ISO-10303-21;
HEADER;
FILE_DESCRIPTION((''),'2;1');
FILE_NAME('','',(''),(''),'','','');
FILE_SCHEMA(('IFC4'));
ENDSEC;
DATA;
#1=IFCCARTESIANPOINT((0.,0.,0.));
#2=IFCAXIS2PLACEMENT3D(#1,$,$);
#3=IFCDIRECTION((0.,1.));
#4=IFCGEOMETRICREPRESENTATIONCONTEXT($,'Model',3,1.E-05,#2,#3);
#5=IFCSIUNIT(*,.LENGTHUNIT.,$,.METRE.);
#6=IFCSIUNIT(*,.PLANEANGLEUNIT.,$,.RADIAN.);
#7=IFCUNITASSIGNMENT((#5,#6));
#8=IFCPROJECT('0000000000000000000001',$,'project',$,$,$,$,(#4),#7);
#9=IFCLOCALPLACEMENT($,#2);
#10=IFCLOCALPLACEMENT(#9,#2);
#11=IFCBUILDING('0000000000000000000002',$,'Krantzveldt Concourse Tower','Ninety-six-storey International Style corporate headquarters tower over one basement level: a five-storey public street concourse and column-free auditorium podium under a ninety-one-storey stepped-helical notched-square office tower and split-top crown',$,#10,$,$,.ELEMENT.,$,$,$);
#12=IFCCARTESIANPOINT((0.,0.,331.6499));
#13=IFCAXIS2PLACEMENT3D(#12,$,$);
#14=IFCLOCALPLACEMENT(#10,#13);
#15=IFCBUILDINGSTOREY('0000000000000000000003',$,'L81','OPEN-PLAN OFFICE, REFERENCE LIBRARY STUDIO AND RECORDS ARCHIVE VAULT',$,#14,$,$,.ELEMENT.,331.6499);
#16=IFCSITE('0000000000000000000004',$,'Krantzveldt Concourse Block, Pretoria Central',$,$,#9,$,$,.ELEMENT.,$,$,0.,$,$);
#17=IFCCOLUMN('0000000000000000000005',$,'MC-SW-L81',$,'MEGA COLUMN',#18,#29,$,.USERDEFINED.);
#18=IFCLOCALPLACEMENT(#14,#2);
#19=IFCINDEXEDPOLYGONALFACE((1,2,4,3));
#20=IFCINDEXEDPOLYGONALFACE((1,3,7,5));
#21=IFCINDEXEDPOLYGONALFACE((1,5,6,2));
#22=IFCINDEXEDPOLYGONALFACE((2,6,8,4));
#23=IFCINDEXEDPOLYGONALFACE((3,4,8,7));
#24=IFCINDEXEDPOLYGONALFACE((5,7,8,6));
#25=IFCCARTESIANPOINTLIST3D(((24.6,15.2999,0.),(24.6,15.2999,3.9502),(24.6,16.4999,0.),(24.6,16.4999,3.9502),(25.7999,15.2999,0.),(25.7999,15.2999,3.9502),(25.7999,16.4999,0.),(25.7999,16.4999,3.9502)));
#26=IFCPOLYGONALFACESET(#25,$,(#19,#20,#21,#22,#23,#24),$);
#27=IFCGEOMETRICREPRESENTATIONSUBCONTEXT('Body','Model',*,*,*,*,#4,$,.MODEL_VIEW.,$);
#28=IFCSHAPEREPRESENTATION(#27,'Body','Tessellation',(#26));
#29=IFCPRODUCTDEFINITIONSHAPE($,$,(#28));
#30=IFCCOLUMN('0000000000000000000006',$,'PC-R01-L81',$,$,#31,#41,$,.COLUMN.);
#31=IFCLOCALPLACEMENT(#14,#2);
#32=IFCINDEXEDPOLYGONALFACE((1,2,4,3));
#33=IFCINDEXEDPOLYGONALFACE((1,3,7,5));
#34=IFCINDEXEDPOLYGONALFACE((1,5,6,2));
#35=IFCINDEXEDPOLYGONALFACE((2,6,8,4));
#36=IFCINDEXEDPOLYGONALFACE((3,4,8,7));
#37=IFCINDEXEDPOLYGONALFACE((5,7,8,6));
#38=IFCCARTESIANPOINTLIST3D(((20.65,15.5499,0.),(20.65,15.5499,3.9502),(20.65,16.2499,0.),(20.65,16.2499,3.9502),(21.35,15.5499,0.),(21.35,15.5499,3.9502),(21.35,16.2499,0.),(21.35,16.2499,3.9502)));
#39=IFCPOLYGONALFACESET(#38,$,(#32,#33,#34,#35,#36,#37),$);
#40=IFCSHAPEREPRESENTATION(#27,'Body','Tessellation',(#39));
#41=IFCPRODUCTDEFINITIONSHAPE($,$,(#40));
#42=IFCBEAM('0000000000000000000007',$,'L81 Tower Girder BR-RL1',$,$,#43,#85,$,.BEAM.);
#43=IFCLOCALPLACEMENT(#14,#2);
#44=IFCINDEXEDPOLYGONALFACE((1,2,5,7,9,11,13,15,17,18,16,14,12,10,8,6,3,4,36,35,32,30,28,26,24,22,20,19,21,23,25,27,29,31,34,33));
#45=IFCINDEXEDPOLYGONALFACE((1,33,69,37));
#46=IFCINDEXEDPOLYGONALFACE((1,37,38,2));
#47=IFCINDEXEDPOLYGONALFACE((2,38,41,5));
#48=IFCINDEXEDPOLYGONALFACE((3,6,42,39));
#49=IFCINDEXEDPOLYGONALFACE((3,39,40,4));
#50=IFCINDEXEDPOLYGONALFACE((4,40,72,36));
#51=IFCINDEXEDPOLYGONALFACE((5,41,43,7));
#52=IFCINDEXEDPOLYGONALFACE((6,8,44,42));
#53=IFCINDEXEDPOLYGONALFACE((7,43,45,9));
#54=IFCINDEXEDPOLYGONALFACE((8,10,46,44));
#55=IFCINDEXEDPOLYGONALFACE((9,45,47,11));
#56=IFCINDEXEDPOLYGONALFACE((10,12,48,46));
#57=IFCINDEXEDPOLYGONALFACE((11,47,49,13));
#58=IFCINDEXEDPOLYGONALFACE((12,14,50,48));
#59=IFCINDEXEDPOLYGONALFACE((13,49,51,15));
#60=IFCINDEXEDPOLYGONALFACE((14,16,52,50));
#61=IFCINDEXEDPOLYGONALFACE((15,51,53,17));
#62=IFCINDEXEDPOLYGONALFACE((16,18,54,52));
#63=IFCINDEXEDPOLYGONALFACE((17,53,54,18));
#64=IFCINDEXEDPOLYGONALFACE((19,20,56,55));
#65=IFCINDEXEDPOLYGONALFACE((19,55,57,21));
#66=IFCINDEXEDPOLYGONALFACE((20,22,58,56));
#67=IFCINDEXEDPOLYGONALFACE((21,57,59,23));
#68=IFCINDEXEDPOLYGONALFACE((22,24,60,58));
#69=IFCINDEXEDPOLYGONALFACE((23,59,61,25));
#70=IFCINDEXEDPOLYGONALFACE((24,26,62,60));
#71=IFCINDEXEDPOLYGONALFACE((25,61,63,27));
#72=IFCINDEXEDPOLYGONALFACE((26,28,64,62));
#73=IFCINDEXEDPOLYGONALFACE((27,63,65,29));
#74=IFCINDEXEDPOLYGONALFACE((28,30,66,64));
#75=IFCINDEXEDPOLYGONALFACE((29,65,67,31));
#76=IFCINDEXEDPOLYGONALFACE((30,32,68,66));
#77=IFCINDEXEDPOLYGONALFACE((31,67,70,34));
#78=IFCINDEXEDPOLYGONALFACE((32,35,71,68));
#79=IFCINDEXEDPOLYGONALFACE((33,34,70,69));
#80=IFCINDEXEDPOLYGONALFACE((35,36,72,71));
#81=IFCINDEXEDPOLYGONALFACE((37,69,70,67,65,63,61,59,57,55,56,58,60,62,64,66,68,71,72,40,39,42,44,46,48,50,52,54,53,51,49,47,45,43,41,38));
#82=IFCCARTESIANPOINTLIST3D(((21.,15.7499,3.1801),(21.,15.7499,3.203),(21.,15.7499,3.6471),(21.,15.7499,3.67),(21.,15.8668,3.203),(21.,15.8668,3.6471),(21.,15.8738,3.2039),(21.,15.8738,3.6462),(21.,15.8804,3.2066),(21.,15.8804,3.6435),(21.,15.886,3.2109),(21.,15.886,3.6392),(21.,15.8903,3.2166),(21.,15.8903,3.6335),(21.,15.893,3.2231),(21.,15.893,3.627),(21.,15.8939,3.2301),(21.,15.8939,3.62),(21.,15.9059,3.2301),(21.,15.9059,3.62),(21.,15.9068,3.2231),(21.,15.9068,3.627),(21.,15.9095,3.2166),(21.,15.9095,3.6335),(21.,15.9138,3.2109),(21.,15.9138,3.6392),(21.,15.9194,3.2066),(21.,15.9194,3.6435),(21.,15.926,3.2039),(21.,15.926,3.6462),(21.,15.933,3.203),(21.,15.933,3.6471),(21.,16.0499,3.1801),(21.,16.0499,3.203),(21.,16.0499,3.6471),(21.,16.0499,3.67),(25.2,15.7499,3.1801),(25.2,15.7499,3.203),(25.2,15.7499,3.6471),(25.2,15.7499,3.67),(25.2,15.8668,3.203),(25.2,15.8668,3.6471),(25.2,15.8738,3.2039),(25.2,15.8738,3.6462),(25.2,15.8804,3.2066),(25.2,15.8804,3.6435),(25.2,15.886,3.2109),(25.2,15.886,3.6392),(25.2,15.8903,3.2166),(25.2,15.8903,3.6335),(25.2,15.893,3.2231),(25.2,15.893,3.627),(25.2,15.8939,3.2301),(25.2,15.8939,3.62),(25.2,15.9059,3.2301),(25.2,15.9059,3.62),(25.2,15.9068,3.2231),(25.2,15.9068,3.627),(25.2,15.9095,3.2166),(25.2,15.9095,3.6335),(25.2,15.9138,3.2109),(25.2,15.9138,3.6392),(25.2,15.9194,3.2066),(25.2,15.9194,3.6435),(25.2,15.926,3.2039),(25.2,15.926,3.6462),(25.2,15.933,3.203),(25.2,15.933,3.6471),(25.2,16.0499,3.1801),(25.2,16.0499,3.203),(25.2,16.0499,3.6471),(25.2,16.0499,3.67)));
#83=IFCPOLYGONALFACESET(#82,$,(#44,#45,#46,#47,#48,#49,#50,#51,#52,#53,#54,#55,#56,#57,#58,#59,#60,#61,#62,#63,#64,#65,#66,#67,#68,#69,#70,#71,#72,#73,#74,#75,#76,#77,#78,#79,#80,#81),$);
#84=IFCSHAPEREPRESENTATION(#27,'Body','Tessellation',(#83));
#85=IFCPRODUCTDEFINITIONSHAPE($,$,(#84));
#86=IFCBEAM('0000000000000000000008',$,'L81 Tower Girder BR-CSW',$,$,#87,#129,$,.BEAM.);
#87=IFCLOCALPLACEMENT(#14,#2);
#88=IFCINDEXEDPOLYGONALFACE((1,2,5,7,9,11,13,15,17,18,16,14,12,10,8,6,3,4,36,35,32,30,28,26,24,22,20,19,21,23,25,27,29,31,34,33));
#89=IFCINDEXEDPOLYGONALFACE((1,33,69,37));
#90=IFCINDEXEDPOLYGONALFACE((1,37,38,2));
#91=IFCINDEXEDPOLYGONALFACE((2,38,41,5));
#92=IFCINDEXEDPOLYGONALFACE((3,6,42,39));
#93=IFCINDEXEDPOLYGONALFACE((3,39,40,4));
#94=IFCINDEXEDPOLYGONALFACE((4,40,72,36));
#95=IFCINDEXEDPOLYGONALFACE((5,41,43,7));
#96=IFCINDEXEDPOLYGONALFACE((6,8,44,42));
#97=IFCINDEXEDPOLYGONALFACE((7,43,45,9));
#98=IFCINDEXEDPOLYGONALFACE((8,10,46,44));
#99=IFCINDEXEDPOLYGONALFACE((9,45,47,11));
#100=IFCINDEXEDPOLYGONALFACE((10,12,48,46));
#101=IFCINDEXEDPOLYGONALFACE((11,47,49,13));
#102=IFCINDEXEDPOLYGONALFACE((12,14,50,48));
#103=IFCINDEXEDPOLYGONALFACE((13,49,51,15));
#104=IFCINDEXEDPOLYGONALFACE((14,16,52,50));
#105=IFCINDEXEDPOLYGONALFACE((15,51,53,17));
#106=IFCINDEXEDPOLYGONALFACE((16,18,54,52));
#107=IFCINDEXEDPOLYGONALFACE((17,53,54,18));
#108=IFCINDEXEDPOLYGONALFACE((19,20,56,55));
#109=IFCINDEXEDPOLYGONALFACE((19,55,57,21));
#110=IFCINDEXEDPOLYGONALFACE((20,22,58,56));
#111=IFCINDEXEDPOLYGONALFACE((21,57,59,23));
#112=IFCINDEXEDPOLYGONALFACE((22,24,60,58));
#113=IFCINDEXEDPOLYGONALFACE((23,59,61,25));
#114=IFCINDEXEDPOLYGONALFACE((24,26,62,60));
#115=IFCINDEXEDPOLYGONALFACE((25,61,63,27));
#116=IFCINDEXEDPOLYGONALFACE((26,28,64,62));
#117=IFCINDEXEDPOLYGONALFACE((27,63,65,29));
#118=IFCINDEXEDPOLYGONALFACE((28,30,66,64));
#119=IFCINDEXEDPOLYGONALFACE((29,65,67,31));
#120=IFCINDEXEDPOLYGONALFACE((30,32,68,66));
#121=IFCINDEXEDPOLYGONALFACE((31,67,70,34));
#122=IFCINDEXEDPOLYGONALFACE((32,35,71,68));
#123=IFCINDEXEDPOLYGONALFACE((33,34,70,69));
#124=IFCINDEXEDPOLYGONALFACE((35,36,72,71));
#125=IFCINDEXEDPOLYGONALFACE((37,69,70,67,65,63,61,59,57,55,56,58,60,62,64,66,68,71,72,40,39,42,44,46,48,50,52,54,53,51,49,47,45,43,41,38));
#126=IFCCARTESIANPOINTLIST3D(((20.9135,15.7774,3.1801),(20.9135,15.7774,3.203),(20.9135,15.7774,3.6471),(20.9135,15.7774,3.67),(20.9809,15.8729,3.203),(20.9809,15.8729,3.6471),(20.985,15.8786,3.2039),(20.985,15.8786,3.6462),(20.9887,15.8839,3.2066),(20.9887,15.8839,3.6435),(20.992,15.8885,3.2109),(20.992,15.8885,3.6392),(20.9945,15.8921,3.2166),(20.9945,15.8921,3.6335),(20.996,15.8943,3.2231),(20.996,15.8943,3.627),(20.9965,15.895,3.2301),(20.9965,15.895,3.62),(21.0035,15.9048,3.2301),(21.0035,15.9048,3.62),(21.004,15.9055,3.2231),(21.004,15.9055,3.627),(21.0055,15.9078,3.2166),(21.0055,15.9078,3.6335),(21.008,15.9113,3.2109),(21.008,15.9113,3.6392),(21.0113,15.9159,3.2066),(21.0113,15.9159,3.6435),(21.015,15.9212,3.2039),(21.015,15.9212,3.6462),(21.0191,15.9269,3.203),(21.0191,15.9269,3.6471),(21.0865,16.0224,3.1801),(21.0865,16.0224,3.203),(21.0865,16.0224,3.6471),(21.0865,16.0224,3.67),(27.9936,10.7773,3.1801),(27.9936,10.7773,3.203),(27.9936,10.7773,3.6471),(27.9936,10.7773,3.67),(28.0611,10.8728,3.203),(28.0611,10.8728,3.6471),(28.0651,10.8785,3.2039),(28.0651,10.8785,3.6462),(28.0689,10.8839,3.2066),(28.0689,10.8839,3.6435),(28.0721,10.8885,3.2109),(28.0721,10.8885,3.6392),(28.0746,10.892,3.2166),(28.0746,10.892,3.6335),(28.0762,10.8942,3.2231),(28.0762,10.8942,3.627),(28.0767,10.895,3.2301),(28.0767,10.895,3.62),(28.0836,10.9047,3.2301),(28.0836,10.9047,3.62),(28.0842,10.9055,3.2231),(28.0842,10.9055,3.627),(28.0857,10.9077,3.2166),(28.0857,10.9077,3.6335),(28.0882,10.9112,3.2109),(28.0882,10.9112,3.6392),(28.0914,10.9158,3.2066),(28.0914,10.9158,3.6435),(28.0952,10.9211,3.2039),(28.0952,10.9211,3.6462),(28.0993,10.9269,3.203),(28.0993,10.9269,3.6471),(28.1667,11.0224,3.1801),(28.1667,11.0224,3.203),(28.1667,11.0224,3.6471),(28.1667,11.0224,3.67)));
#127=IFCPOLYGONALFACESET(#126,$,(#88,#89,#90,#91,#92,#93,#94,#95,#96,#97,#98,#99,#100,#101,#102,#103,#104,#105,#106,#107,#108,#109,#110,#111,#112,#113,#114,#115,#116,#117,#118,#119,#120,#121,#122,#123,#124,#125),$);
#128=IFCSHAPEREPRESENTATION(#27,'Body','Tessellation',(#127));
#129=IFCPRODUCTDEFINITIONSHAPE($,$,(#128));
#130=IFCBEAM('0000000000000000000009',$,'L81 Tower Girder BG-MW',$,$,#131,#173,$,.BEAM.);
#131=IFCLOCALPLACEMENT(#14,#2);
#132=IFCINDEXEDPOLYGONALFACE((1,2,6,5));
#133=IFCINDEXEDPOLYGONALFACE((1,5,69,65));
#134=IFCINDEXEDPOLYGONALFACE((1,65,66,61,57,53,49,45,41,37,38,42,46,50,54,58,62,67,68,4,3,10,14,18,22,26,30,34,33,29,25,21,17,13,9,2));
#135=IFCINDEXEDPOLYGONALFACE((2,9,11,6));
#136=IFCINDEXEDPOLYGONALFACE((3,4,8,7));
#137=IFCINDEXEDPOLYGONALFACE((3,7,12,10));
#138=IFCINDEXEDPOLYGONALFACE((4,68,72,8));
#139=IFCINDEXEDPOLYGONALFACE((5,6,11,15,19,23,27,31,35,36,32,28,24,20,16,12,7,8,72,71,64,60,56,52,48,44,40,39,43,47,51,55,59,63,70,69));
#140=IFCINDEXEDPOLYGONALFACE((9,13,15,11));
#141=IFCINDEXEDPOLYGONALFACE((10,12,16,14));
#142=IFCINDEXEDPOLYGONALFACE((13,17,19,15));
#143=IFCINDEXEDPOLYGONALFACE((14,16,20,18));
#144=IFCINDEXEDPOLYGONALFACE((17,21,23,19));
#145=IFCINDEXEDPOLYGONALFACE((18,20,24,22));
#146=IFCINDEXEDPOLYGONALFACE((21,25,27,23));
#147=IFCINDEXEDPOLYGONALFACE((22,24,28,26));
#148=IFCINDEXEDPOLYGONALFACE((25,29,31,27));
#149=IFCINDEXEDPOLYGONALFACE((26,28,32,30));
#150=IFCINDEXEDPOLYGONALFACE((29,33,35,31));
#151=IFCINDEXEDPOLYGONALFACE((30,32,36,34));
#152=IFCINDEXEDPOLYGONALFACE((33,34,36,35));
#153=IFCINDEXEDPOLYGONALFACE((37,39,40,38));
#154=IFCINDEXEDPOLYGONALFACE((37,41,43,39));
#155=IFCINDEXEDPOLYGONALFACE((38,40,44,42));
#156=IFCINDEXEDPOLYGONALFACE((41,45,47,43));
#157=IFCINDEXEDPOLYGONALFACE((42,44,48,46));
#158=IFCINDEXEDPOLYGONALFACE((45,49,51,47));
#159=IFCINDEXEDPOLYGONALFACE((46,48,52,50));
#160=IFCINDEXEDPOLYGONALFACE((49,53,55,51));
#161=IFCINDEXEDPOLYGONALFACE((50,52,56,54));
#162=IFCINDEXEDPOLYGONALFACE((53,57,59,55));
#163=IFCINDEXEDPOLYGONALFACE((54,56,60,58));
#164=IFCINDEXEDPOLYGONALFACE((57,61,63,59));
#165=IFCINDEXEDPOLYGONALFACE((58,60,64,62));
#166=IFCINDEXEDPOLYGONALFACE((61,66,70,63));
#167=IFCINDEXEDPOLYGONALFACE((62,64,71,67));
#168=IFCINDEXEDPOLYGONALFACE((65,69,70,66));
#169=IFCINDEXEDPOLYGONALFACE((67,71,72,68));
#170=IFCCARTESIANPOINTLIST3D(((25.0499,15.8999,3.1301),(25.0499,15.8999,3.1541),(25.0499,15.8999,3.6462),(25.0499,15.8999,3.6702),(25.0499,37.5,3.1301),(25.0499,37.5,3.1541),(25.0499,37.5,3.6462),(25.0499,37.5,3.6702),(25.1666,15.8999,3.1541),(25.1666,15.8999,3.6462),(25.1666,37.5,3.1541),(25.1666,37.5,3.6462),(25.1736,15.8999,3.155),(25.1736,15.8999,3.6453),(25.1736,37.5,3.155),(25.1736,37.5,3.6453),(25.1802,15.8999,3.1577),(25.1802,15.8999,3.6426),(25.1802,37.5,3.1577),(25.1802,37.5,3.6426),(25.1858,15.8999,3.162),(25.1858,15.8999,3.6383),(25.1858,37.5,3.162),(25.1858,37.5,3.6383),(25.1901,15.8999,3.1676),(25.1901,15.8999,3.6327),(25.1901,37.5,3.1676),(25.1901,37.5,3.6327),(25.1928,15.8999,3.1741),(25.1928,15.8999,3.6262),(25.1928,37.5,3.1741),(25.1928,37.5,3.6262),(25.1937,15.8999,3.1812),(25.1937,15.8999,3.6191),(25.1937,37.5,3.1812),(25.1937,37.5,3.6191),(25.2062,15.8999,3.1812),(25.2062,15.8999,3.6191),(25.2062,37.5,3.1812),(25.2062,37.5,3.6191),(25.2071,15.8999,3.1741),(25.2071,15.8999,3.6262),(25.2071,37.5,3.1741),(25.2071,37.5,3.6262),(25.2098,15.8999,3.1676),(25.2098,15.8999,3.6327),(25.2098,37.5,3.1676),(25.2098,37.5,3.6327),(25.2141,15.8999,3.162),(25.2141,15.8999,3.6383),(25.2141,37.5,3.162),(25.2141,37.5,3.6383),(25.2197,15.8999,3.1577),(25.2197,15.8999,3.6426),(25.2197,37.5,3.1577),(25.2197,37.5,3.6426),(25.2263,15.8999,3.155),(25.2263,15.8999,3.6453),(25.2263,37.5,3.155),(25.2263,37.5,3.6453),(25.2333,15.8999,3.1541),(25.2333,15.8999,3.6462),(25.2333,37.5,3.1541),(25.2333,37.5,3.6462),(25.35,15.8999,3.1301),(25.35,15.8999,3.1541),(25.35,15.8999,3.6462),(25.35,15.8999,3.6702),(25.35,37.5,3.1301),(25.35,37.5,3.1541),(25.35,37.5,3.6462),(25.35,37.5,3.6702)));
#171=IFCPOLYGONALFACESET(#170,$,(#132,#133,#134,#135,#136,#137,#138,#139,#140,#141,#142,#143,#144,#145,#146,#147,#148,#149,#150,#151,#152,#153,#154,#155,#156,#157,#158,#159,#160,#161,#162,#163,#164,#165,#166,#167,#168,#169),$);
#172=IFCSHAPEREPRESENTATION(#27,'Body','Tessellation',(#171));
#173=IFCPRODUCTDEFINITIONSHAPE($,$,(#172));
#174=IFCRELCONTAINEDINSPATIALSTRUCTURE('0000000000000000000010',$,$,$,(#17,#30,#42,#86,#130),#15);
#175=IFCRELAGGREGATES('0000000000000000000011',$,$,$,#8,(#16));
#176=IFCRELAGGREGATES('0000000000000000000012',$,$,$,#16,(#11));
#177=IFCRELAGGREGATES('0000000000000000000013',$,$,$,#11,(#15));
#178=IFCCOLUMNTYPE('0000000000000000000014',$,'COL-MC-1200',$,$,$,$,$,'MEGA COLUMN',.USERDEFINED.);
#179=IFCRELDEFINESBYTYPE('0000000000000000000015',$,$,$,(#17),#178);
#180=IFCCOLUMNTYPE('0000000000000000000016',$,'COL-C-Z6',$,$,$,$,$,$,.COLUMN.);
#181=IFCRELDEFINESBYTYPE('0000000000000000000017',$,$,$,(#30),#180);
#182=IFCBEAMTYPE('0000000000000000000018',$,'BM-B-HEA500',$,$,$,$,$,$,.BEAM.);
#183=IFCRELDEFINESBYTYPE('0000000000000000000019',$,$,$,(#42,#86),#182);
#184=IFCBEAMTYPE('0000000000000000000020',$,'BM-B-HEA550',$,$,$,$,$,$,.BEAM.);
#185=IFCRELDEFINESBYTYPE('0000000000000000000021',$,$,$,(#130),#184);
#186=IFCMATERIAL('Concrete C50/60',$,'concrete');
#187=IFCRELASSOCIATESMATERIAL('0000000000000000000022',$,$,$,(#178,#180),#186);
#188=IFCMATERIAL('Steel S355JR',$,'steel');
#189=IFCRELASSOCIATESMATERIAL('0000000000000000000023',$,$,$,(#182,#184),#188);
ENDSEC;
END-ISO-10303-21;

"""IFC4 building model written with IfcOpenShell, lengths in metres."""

from ifc_helpers import new_model, si_unit, direction, frame, origin, origin_2d, place, context, subcontext, project, spatial, rectangle, i_section, extrude, source, transform, mapped, material, material_profile, profile_set, type_object, type_shapes, element, save


model = new_model("IFC4")

# Units and contexts
model_context = context("Model", 3, precision=1e-05, world=origin(), true_north=direction((0.0, 1.0)))
body_context = subcontext(model_context, "Body", "Model", "MODEL_VIEW")
ifc_project = project(units=[si_unit("LENGTHUNIT", "METRE"), si_unit("PLANEANGLEUNIT", "RADIAN")], contexts=[model_context])

# Site, building, storey
site_placement = place(None, origin())
site = spatial("IfcSite", under=ifc_project, at=site_placement, Name="Krantzveldt Concourse Block, Pretoria Central", CompositionType="ELEMENT", RefElevation=0.0)
building_placement = place(site_placement, origin())
building = spatial("IfcBuilding", under=site, at=building_placement, Name="Krantzveldt Concourse Tower", Description="Ninety-six-storey International Style corporate headquarters tower over one basement level: a five-storey public street concourse and column-free auditorium podium under a ninety-one-storey stepped-helical notched-square office tower and split-top crown", CompositionType="ELEMENT")
storey_placement = place(building_placement, frame((0.0, 0.0, 331.6499)))
storey = spatial("IfcBuildingStorey", under=building, at=storey_placement, Name="L81", Description="OPEN-PLAN OFFICE, REFERENCE LIBRARY STUDIO AND RECORDS ARCHIVE VAULT", CompositionType="ELEMENT", Elevation=331.6499)

# Columns
ifc_material_1 = material(Name="Concrete C50/60", Category="concrete")
ifc_material_profile_1 = material_profile(ifc_material_1, rectangle(XDim=1.2, YDim=1.2, at=origin_2d()), Name="Concrete C50/60", Category="concrete")
ifc_profile_set_1 = profile_set([ifc_material_profile_1], Name="Concrete C50/60 - RC 1200x1200")
column_type_1 = type_object("IfcColumnType", Name="COL-MC-1200", ElementType="MEGA COLUMN", PredefinedType="USERDEFINED", material=ifc_profile_set_1)
shared_shape_1 = source(origin(), body_context, "Body", "SweptSolid", [
    extrude(rectangle(XDim=1.2, YDim=1.2, at=origin_2d()), origin(), (0.0, 0.0, 1.0), 3.9502),
])
type_shapes(column_type_1, [shared_shape_1])
column_1_placement = place(storey_placement, frame((25.2, 15.8999, 0.0), z_axis=(0.0, 0.0, 1.0), x_axis=(1.0, 0.0, 0.0)))
element("IfcColumn", 1, at=column_1_placement, inside=storey, type_object=column_type_1, Name="MC-SW-L81", ObjectType="MEGA COLUMN", PredefinedType="USERDEFINED", context=body_context, shape_type="MappedRepresentation", body=[
    mapped(shared_shape_1, transform((0.0, 0.0, 0.0), x_axis=(1.0, 0.0, 0.0), y_axis=(0.0, 1.0, 0.0), z_axis=(0.0, 0.0, 1.0), scale=1.0)),
])
ifc_material_profile_2 = material_profile(ifc_material_1, rectangle(XDim=0.7, YDim=0.7, at=origin_2d()), Name="Concrete C50/60", Category="concrete")
ifc_profile_set_2 = profile_set([ifc_material_profile_2], Name="Concrete C50/60 - RC 700x700")
column_type_2 = type_object("IfcColumnType", Name="COL-C-Z6", PredefinedType="COLUMN", material=ifc_profile_set_2)
shared_shape_2 = source(origin(), body_context, "Body", "SweptSolid", [
    extrude(rectangle(XDim=0.7, YDim=0.7, at=origin_2d()), origin(), (0.0, 0.0, 1.0), 3.9502),
])
type_shapes(column_type_2, [shared_shape_2])
column_2_placement = place(storey_placement, frame((21.0, 15.8999, 0.0), z_axis=(0.0, 0.0, 1.0), x_axis=(1.0, 0.0, 0.0)))
element("IfcColumn", 2, at=column_2_placement, inside=storey, type_object=column_type_2, Name="PC-R01-L81", PredefinedType="COLUMN", context=body_context, shape_type="MappedRepresentation", body=[
    mapped(shared_shape_2, transform((0.0, 0.0, 0.0), x_axis=(1.0, 0.0, 0.0), y_axis=(0.0, 1.0, 0.0), z_axis=(0.0, 0.0, 1.0), scale=1.0)),
])

# Beams
ifc_material_2 = material(Name="Steel S355JR", Category="steel")
ifc_material_profile_3 = material_profile(ifc_material_2, i_section(OverallWidth=0.3, OverallDepth=0.49, WebThickness=0.012, FlangeThickness=0.0229, FilletRadius=0.0271, at=origin_2d()), Name="Steel S355JR", Category="steel")
ifc_profile_set_3 = profile_set([ifc_material_profile_3], Name="Steel S355JR - HEA 500")
beam_type_1 = type_object("IfcBeamType", Name="BM-B-HEA500", PredefinedType="BEAM", material=ifc_profile_set_3)
shared_shape_3 = source(origin(), body_context, "Body", "SweptSolid", [
    extrude(i_section(OverallWidth=0.3, OverallDepth=0.49, WebThickness=0.012, FlangeThickness=0.0229, FilletRadius=0.0271, at=origin_2d()), origin(), (0.0, 0.0, 1.0), 4.2),
])
beam_1_placement = place(storey_placement, frame((21.0, 15.8999, 3.425), z_axis=(1.0, 0.0, 0.0), x_axis=(0.0, 1.0, 0.0)))
element("IfcBeam", 3, at=beam_1_placement, inside=storey, type_object=beam_type_1, Name="L81 Tower Girder BR-RL1", PredefinedType="BEAM", context=body_context, shape_type="MappedRepresentation", body=[
    mapped(shared_shape_3, transform((0.0, 0.0, 0.0), x_axis=(1.0, 0.0, 0.0), y_axis=(0.0, 1.0, 0.0), z_axis=(0.0, 0.0, 1.0), scale=1.0)),
])
shared_shape_4 = source(origin(), body_context, "Body", "SweptSolid", [
    extrude(i_section(OverallWidth=0.3, OverallDepth=0.49, WebThickness=0.012, FlangeThickness=0.0229, FilletRadius=0.0271, at=origin_2d()), origin(), (0.0, 0.0, 1.0), 8.6677),
])
type_shapes(beam_type_1, [shared_shape_3, shared_shape_4])
beam_2_placement = place(storey_placement, frame((21.0, 15.8999, 3.425), z_axis=(0.816843, -0.57686, 0.0), x_axis=(0.57686, 0.816843, 0.0)))
element("IfcBeam", 4, at=beam_2_placement, inside=storey, type_object=beam_type_1, Name="L81 Tower Girder BR-CSW", PredefinedType="BEAM", context=body_context, shape_type="MappedRepresentation", body=[
    mapped(shared_shape_4, transform((0.0, 0.0, 0.0), x_axis=(1.0, 0.0, 0.0), y_axis=(0.0, 1.0, 0.0), z_axis=(0.0, 0.0, 1.0), scale=1.0)),
])
ifc_material_profile_4 = material_profile(ifc_material_2, i_section(OverallWidth=0.3, OverallDepth=0.54, WebThickness=0.0125, FlangeThickness=0.0239, FilletRadius=0.0271, at=origin_2d()), Name="Steel S355JR", Category="steel")
ifc_profile_set_4 = profile_set([ifc_material_profile_4], Name="Steel S355JR - HEA 550")
beam_type_2 = type_object("IfcBeamType", Name="BM-B-HEA550", PredefinedType="BEAM", material=ifc_profile_set_4)
shared_shape_5 = source(origin(), body_context, "Body", "SweptSolid", [
    extrude(i_section(OverallWidth=0.3, OverallDepth=0.54, WebThickness=0.0125, FlangeThickness=0.0239, FilletRadius=0.0271, at=origin_2d()), origin(), (0.0, 0.0, 1.0), 21.6001),
])
beam_3_placement = place(storey_placement, frame((25.2, 15.8999, 3.4001), z_axis=(0.0, 1.0, 0.0), x_axis=(-1.0, 0.0, 0.0)))
element("IfcBeam", 5, at=beam_3_placement, inside=storey, type_object=beam_type_2, Name="L81 Tower Girder BG-MW", PredefinedType="BEAM", context=body_context, shape_type="MappedRepresentation", body=[
    mapped(shared_shape_5, transform((0.0, 0.0, 0.0), x_axis=(1.0, 0.0, 0.0), y_axis=(0.0, 1.0, 0.0), z_axis=(0.0, 0.0, 1.0), scale=1.0)),
])

save(model, "model.ifc")
